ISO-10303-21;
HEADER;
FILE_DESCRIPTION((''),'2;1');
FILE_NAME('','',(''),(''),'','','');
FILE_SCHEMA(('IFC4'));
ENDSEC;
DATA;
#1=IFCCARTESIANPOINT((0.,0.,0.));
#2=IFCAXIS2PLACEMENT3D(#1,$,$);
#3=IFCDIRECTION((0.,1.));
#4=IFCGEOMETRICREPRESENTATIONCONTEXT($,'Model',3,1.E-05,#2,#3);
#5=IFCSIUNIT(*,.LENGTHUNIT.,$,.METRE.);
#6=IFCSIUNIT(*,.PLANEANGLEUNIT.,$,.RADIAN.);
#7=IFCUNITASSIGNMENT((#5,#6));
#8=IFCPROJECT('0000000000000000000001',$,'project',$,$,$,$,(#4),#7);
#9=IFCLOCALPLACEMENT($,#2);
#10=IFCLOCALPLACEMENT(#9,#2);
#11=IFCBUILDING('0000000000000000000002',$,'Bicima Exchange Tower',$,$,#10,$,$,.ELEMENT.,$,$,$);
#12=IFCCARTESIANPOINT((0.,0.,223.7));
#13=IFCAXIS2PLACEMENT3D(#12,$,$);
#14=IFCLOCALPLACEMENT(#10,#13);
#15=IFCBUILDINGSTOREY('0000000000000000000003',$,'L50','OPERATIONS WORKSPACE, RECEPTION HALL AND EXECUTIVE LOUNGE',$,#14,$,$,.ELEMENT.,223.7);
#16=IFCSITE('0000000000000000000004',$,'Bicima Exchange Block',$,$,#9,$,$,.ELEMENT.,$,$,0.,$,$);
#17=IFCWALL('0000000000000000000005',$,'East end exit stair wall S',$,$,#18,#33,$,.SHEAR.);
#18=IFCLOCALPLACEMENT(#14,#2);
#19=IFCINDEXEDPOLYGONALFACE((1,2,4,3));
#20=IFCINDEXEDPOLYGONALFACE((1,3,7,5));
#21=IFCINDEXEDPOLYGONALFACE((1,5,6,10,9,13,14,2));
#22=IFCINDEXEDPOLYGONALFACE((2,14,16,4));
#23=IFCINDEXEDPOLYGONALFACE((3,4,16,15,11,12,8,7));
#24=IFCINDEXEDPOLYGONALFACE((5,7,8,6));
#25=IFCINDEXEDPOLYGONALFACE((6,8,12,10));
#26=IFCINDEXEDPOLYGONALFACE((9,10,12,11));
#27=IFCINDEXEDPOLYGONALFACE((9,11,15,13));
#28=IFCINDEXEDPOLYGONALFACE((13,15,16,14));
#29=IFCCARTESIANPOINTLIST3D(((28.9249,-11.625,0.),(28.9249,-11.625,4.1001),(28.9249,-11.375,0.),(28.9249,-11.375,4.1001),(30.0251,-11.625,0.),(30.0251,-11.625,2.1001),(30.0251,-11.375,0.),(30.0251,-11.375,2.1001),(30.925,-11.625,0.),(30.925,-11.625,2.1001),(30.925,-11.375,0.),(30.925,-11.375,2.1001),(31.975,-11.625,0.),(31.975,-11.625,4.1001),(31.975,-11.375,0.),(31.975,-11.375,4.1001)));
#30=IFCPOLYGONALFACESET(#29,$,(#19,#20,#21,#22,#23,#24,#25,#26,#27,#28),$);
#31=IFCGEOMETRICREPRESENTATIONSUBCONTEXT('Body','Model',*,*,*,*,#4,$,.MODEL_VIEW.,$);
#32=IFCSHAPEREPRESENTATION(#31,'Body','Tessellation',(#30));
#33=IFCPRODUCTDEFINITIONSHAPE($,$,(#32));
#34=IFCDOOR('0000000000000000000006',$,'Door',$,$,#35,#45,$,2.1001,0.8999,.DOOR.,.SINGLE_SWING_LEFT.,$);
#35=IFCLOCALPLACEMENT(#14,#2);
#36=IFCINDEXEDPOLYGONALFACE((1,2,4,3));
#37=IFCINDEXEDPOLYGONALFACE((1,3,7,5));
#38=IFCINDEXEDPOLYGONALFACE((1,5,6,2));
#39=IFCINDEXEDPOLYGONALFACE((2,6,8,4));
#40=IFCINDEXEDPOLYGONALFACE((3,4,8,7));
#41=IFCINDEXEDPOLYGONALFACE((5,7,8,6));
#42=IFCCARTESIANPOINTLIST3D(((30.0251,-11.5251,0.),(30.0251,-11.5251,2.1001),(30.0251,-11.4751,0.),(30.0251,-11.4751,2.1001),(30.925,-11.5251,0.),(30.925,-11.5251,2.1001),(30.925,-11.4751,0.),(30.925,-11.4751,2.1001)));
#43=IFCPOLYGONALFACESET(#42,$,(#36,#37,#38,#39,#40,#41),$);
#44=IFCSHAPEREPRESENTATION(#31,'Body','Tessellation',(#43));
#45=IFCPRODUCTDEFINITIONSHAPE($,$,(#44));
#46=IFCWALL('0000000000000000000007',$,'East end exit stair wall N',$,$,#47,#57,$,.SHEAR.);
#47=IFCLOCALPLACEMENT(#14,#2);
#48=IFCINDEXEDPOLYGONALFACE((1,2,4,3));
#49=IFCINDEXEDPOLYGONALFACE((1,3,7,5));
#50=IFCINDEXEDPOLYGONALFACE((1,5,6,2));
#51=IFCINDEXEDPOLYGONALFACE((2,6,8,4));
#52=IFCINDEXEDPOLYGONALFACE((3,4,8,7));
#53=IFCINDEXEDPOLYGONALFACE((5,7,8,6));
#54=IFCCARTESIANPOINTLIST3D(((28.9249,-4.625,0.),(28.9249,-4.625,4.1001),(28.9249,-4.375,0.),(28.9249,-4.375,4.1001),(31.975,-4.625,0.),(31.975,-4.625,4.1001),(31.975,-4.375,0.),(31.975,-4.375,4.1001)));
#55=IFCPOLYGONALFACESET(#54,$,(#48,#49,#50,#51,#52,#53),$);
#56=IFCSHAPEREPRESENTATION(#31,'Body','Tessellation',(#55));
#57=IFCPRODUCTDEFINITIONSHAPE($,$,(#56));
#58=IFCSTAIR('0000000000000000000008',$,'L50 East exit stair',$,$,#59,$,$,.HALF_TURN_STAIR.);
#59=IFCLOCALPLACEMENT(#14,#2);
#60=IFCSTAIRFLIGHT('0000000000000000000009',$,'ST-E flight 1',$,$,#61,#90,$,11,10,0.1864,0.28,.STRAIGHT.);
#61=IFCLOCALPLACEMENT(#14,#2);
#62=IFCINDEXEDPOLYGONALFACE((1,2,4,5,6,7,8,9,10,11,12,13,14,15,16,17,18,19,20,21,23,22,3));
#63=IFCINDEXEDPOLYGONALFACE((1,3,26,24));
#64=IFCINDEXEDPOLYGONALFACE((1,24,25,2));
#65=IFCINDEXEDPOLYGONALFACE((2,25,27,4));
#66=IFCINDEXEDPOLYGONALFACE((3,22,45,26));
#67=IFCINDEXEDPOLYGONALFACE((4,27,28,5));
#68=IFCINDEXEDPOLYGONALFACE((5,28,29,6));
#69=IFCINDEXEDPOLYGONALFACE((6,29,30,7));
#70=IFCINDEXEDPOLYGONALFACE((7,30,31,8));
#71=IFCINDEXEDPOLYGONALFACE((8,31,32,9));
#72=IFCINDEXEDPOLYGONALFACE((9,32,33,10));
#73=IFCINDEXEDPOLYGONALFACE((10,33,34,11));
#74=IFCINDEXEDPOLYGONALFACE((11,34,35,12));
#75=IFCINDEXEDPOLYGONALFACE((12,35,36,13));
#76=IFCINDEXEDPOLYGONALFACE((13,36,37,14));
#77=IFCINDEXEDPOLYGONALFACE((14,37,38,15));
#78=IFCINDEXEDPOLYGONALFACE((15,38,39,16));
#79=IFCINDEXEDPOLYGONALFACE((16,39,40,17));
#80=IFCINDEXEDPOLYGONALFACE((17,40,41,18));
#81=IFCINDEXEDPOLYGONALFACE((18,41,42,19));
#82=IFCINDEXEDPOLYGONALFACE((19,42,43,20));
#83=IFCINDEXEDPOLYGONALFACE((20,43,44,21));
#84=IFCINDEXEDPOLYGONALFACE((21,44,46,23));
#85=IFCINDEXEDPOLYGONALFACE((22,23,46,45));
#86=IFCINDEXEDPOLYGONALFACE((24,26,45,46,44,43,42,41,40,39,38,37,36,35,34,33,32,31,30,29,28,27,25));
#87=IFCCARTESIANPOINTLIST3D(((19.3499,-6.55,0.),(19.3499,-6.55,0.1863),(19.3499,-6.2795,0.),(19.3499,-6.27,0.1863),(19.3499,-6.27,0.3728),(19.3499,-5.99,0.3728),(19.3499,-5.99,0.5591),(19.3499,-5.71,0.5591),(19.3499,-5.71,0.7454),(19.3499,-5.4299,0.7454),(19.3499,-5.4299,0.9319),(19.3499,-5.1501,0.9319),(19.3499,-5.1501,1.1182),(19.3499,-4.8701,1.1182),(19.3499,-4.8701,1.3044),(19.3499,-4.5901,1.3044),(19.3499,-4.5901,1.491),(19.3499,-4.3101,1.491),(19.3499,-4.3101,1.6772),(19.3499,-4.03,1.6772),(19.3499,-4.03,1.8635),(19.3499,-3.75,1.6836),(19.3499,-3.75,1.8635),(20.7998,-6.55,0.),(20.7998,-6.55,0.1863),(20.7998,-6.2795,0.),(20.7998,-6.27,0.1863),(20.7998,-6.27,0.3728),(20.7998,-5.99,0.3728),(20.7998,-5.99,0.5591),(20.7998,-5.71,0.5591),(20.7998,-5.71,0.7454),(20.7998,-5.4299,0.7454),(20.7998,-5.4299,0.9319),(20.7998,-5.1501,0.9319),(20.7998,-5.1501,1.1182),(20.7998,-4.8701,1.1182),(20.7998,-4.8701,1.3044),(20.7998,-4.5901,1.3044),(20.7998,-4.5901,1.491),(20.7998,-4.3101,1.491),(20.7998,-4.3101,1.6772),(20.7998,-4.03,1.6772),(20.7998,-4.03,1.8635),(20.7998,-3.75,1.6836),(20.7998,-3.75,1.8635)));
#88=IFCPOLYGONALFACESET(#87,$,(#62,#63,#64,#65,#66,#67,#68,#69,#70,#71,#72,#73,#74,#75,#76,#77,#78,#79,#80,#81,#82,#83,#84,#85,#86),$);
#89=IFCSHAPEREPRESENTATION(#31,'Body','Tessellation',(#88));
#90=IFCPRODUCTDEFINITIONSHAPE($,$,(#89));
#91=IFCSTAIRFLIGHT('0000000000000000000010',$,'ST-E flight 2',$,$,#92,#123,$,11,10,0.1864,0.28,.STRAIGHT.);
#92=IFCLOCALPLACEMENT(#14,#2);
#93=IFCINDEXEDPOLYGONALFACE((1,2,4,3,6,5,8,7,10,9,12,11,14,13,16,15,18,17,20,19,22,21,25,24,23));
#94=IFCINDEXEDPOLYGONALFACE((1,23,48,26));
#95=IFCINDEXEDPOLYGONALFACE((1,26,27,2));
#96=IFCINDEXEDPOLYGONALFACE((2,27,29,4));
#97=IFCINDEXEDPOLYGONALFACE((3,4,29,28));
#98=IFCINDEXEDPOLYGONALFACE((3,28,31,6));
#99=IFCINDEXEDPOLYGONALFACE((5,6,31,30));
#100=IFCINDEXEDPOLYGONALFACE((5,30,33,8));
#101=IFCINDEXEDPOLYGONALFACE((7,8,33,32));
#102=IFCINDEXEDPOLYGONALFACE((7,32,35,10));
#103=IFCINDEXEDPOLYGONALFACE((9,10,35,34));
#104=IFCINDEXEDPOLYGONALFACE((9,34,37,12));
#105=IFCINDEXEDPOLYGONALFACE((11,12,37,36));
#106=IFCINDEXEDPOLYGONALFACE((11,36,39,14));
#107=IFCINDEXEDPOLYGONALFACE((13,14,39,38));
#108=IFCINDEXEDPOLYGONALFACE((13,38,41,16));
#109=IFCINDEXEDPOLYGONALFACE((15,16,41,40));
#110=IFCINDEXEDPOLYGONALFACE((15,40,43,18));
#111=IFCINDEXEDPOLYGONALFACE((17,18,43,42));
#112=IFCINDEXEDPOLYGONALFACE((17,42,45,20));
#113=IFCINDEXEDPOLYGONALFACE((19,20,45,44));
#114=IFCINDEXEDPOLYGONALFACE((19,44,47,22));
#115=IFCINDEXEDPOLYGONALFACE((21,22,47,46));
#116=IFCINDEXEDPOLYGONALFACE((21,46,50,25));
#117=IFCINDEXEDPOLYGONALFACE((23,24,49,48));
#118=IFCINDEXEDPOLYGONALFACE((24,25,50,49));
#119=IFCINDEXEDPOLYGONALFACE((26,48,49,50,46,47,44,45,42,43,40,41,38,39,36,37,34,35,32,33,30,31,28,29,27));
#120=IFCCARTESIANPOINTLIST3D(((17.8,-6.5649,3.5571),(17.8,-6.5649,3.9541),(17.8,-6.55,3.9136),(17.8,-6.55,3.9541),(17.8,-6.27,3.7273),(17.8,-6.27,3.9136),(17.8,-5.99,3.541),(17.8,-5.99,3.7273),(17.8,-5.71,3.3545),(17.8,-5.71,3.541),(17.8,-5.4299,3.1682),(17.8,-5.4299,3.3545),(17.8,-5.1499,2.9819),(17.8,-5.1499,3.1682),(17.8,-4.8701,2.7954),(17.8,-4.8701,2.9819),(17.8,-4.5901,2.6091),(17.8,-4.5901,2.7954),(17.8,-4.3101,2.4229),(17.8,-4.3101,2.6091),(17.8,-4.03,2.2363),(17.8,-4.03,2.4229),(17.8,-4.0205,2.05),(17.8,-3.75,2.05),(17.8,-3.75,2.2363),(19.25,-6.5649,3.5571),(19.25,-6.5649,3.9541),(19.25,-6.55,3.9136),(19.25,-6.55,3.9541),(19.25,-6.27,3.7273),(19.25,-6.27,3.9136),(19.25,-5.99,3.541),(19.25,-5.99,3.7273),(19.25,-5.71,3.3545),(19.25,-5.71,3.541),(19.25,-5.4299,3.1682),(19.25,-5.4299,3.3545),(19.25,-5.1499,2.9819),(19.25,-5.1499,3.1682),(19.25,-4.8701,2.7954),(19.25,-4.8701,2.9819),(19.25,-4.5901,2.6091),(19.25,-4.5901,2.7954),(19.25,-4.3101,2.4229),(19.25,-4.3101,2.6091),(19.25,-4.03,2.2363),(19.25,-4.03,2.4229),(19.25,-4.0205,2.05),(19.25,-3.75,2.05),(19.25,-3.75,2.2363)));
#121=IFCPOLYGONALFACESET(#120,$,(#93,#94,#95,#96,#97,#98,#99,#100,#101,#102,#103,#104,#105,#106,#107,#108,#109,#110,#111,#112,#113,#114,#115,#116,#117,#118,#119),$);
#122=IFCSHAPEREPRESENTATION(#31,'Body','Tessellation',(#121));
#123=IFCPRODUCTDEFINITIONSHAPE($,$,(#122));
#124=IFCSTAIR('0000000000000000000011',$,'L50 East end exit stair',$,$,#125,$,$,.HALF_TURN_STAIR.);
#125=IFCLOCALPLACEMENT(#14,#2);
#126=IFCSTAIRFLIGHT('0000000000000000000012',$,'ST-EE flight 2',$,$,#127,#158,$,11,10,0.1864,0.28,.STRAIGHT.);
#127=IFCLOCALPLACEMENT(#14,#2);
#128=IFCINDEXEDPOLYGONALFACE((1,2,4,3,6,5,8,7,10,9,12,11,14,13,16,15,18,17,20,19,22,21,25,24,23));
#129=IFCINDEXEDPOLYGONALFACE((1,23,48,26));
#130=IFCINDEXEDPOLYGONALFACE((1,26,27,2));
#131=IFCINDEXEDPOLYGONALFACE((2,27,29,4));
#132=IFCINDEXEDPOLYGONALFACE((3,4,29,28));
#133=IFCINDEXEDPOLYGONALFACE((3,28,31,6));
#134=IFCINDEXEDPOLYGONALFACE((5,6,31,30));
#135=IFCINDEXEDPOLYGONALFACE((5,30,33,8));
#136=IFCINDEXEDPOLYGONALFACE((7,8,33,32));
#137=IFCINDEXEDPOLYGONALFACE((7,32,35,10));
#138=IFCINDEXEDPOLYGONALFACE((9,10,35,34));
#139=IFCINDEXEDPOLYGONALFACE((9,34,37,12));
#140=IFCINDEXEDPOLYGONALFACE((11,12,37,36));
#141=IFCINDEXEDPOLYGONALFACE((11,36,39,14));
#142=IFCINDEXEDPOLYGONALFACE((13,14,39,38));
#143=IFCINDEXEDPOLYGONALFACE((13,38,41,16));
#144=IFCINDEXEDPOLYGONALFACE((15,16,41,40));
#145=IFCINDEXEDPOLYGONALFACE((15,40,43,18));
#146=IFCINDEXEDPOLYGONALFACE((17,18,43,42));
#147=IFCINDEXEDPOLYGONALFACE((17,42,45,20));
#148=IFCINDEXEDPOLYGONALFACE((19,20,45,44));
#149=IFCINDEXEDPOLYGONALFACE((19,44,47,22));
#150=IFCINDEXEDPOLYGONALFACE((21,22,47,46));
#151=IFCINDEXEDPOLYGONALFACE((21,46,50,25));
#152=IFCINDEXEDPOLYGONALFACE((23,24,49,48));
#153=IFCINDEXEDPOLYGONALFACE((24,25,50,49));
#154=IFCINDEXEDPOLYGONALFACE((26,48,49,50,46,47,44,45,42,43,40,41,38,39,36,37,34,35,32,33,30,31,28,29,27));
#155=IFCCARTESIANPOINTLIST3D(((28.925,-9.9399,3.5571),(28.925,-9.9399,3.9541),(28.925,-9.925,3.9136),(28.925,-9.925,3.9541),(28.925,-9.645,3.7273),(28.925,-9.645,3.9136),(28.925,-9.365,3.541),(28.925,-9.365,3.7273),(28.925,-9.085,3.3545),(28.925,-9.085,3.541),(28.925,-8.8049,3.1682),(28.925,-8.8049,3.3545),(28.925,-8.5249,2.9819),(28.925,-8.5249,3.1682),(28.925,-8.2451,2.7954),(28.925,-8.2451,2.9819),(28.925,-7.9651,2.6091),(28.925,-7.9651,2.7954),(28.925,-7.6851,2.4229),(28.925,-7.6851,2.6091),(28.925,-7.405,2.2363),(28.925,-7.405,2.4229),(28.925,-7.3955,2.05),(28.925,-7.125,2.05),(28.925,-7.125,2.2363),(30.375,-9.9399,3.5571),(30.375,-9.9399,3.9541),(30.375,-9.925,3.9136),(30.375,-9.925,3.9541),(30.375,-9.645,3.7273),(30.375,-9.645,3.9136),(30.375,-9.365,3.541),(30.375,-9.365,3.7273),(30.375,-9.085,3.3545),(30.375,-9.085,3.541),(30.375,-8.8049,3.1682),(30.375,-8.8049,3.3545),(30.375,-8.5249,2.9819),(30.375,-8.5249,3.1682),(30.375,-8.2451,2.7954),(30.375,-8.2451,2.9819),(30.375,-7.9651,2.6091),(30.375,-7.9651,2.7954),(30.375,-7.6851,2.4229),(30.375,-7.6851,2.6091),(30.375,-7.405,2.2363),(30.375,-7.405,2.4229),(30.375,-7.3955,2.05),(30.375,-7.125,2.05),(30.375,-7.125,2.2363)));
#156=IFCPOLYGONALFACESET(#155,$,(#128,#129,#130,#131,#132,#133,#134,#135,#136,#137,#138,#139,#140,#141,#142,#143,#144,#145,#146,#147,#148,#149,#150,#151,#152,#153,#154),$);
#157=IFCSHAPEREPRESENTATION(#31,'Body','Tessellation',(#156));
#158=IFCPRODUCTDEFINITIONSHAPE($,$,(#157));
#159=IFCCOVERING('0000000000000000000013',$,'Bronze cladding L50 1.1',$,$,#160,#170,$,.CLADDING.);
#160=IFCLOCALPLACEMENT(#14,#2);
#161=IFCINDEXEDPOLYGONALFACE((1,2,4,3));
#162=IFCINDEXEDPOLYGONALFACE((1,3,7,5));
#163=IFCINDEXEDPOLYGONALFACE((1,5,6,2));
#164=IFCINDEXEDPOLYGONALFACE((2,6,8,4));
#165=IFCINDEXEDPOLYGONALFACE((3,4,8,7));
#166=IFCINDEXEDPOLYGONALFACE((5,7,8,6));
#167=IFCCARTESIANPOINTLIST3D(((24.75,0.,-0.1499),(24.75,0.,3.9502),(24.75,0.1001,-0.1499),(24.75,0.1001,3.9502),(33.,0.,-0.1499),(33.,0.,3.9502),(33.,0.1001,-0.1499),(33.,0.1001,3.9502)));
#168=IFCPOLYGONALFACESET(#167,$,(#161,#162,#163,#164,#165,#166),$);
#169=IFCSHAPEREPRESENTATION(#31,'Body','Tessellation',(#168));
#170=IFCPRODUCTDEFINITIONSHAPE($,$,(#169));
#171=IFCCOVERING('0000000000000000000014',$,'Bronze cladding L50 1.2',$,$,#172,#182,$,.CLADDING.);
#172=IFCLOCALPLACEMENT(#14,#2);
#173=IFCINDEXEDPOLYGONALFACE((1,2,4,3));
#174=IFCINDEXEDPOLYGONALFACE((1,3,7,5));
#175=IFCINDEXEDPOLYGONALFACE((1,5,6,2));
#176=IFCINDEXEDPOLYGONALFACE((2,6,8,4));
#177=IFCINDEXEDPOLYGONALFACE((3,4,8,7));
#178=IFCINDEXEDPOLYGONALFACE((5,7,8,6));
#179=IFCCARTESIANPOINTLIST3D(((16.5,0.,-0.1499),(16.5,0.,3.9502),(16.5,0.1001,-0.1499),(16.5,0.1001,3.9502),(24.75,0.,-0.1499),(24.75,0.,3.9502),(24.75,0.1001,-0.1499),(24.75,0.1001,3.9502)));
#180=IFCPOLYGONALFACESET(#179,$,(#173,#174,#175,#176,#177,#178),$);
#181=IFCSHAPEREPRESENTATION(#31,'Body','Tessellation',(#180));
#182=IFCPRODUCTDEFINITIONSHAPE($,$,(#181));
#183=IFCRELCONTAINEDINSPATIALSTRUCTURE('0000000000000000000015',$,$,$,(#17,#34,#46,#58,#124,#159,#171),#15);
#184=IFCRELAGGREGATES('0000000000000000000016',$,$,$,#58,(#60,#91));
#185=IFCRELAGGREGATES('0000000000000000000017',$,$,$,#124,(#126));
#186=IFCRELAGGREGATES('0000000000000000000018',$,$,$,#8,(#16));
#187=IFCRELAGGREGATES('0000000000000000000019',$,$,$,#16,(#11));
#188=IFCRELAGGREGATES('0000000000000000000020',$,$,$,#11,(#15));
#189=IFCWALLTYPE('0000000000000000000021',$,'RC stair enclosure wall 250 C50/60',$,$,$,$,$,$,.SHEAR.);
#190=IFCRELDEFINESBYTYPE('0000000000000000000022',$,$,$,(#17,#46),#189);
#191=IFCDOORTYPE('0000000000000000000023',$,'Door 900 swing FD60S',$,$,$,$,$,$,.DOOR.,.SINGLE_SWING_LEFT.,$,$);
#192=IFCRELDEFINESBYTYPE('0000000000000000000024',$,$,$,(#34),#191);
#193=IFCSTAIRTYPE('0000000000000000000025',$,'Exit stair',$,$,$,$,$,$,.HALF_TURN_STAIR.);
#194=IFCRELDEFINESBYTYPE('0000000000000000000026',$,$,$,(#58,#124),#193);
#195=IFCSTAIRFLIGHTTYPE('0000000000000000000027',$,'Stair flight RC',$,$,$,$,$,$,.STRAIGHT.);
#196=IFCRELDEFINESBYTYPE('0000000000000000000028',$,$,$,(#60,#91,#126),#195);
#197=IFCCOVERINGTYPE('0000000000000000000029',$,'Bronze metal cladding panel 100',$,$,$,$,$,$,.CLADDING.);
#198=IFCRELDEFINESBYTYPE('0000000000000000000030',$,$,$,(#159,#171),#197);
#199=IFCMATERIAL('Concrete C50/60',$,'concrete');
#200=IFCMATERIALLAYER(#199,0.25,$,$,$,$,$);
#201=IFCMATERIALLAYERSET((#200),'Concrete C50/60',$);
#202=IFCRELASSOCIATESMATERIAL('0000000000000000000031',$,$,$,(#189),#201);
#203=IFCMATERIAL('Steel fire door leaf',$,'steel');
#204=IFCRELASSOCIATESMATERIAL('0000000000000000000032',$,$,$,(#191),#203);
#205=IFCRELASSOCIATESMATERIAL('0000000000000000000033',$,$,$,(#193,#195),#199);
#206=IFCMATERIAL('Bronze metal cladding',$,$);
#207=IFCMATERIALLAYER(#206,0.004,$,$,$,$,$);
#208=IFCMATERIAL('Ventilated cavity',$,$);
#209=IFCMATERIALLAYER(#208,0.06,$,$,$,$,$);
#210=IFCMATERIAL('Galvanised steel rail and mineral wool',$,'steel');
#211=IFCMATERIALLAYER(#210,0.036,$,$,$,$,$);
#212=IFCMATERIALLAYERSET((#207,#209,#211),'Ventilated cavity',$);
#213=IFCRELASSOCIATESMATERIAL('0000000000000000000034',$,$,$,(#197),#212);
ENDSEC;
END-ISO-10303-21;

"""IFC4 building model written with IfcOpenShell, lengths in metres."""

from ifc_helpers import new_model, si_unit, direction, frame, frame_2d, origin, origin_2d, place, context, subcontext, project, spatial, polyline, rectangle, outline, extrude, material, layer, layer_set, type_object, element, fill, aggregate, save


model = new_model("IFC4")

# Units and contexts
model_context = context("Model", 3, precision=1e-05, world=origin(), true_north=direction((0.0, 1.0)))
body_context = subcontext(model_context, "Body", "Model", "MODEL_VIEW")
ifc_project = project(units=[si_unit("LENGTHUNIT", "METRE"), si_unit("PLANEANGLEUNIT", "RADIAN")], contexts=[model_context])

# Site, building, storey
site_placement = place(None, origin())
site = spatial("IfcSite", under=ifc_project, at=site_placement, Name="Bicima Exchange Block", CompositionType="ELEMENT", RefElevation=0.0)
building_placement = place(site_placement, origin())
building = spatial("IfcBuilding", under=site, at=building_placement, Name="Bicima Exchange Tower", CompositionType="ELEMENT")
storey_placement = place(building_placement, frame((0.0, 0.0, 223.7)))
storey = spatial("IfcBuildingStorey", under=building, at=storey_placement, Name="L50", Description="OPERATIONS WORKSPACE, RECEPTION HALL AND EXECUTIVE LOUNGE", CompositionType="ELEMENT", Elevation=223.7)

# Shared definitions
ifc_material_1 = material(Name="Concrete C50/60", Category="concrete")
ifc_layer_1 = layer(ifc_material_1, 0.25)
ifc_layer_set_1 = layer_set([ifc_layer_1], Name="Concrete C50/60")
wall_type_1 = type_object("IfcWallType", Name="RC stair enclosure wall 250 C50/60", PredefinedType="SHEAR", material=ifc_layer_set_1)

# Wall, opening, door
wall_1_placement = place(storey_placement, frame((28.925, -11.5, 0.0), z_axis=(0.0, 0.0, 1.0), x_axis=(1.0, 0.0, 0.0)))
wall_1 = element("IfcWall", 1, at=wall_1_placement, inside=storey, type_object=wall_type_1, Name="East end exit stair wall S", PredefinedType="SHEAR", context=body_context, shape_type="SweptSolid", body=[
    extrude(rectangle(XDim=3.05, YDim=0.25, at=frame_2d((1.5249, 0.0))), origin(), (0.0, 0.0, 1.0), 4.1001),
])
opening_placement = place(wall_1_placement, frame((1.1001, 0.0, 0.0)))
opening = element("IfcOpeningElement", 2, at=opening_placement, cuts=wall_1, PredefinedType="OPENING", context=body_context, shape_type="SweptSolid", body=[
    extrude(rectangle(XDim=0.8999, YDim=2.1001, at=frame_2d((0.45, 1.05))), frame((0.0, 0.137, 0.0), z_axis=(0.0, -1.0, 0.0), x_axis=(1.0, 0.0, 0.0)), (0.0, 0.0, 1.0), 0.2739),
])
ifc_material_2 = material(Name="Steel fire door leaf", Category="steel")
door_type = type_object("IfcDoorType", Name="Door 900 swing FD60S", OperationType="SINGLE_SWING_LEFT", PredefinedType="DOOR", material=ifc_material_2)
door_placement = place(opening_placement, origin())
door = element("IfcDoor", 3, at=door_placement, inside=storey, type_object=door_type, Name="Door", OperationType="SINGLE_SWING_LEFT", OverallHeight=2.1001, OverallWidth=0.8999, PredefinedType="DOOR", context=body_context, shape_type="SweptSolid", body=[
    extrude(rectangle(XDim=0.8999, YDim=2.1001, at=frame_2d((0.45, 1.05))), frame((0.0, 0.0249, 0.0), z_axis=(0.0, -1.0, 0.0), x_axis=(1.0, 0.0, 0.0)), (0.0, 0.0, 1.0), 0.05),
])
fill(opening, door)

# Wall
wall_2_placement = place(storey_placement, frame((28.925, -4.5, 0.0), z_axis=(0.0, 0.0, 1.0), x_axis=(1.0, 0.0, 0.0)))
element("IfcWall", 4, at=wall_2_placement, inside=storey, type_object=wall_type_1, Name="East end exit stair wall N", PredefinedType="SHEAR", context=body_context, shape_type="SweptSolid", body=[
    extrude(rectangle(XDim=3.05, YDim=0.25, at=frame_2d((1.5249, 0.0))), origin(), (0.0, 0.0, 1.0), 4.1001),
])

# Stair, stair flights
stair_type = type_object("IfcStairType", Name="Exit stair", PredefinedType="HALF_TURN_STAIR", material=ifc_material_1)
stair_1_placement = place(storey_placement, origin())
stair_1 = element("IfcStair", 5, at=stair_1_placement, inside=storey, type_object=stair_type, Name="L50 East exit stair", PredefinedType="HALF_TURN_STAIR")
stair_flight_type = type_object("IfcStairFlightType", Name="Stair flight RC", PredefinedType="STRAIGHT", material=ifc_material_1)
stair_flight_1_placement = place(storey_placement, frame((20.075, -6.55, 0.0), z_axis=(0.0, 0.0, 1.0), x_axis=(0.0, 1.0, 0.0)))
stair_flight_1 = element("IfcStairFlight", 6, at=stair_flight_1_placement, type_object=stair_flight_type, Name="ST-E flight 1", NumberOfRisers=11, NumberOfTreads=10, PredefinedType="STRAIGHT", RiserHeight=0.1864, TreadLength=0.28, context=body_context, shape_type="SweptSolid", body=[
    extrude(outline(polyline([(0.0, 0.0), (0.0, 0.1863), (0.28, 0.1863), (0.28, 0.3728), (0.5601, 0.3728), (0.5601, 0.5591), (0.8401, 0.5591), (0.8401, 0.7454), (1.1201, 0.7454), (1.1201, 0.9319), (1.3999, 0.9319), (1.3999, 1.1182), (1.6799, 1.1182), (1.6799, 1.3044), (1.96, 1.3044), (1.96, 1.491), (2.24, 1.491), (2.24, 1.6772), (2.52, 1.6772), (2.52, 1.8635), (2.8, 1.8635), (2.8, 2.05), (2.8, 1.6836), (0.2705, 0.0), (0.0, 0.0)])), frame((0.0, 0.7251, 0.0), z_axis=(0.0, -1.0, 0.0), x_axis=(1.0, 0.0, 0.0)), (0.0, 0.0, 1.0), 1.45),
])
stair_flight_2_placement = place(storey_placement, frame((18.5249, -3.75, 2.05), z_axis=(0.0, 0.0, 1.0), x_axis=(0.0, -1.0, 0.0)))
stair_flight_2 = element("IfcStairFlight", 7, at=stair_flight_2_placement, type_object=stair_flight_type, Name="ST-E flight 2", NumberOfRisers=11, NumberOfTreads=10, PredefinedType="STRAIGHT", RiserHeight=0.1864, TreadLength=0.28, context=body_context, shape_type="SweptSolid", body=[
    extrude(outline(polyline([(0.0, 0.0), (0.0, 0.1863), (0.28, 0.1863), (0.28, 0.3728), (0.5601, 0.3728), (0.5601, 0.5591), (0.8401, 0.5591), (0.8401, 0.7454), (1.1201, 0.7454), (1.1201, 0.9319), (1.3999, 0.9319), (1.3999, 1.1182), (1.6799, 1.1182), (1.6799, 1.3044), (1.96, 1.3044), (1.96, 1.491), (2.24, 1.491), (2.24, 1.6772), (2.52, 1.6772), (2.52, 1.8635), (2.8, 1.8635), (2.8, 1.9041), (2.8149, 1.9041), (2.8149, 1.5071), (0.2705, 0.0), (0.0, 0.0)])), frame((0.0, 0.7251, 0.0), z_axis=(0.0, -1.0, 0.0), x_axis=(1.0, 0.0, 0.0)), (0.0, 0.0, 1.0), 1.45),
])
aggregate(stair_1, [stair_flight_1, stair_flight_2])

# Stair, stair flight
stair_2_placement = place(storey_placement, origin())
stair_2 = element("IfcStair", 8, at=stair_2_placement, inside=storey, type_object=stair_type, Name="L50 East end exit stair", PredefinedType="HALF_TURN_STAIR")
stair_flight_3_placement = place(storey_placement, frame((29.6499, -7.125, 2.05), z_axis=(0.0, 0.0, 1.0), x_axis=(0.0, -1.0, 0.0)))
stair_flight_3 = element("IfcStairFlight", 9, at=stair_flight_3_placement, type_object=stair_flight_type, Name="ST-EE flight 2", NumberOfRisers=11, NumberOfTreads=10, PredefinedType="STRAIGHT", RiserHeight=0.1864, TreadLength=0.28, context=body_context, shape_type="SweptSolid", body=[
    extrude(outline(polyline([(0.0, 0.0), (0.0, 0.1863), (0.28, 0.1863), (0.28, 0.3728), (0.5601, 0.3728), (0.5601, 0.5591), (0.8401, 0.5591), (0.8401, 0.7454), (1.1201, 0.7454), (1.1201, 0.9319), (1.3999, 0.9319), (1.3999, 1.1182), (1.6799, 1.1182), (1.6799, 1.3044), (1.96, 1.3044), (1.96, 1.491), (2.24, 1.491), (2.24, 1.6772), (2.52, 1.6772), (2.52, 1.8635), (2.8, 1.8635), (2.8, 1.9041), (2.8149, 1.9041), (2.8149, 1.5071), (0.2705, 0.0), (0.0, 0.0)])), frame((0.0, 0.7251, 0.0), z_axis=(0.0, -1.0, 0.0), x_axis=(1.0, 0.0, 0.0)), (0.0, 0.0, 1.0), 1.45),
])
aggregate(stair_2, [stair_flight_3])

# Coverings
ifc_material_3 = material(Name="Bronze metal cladding")
ifc_layer_2 = layer(ifc_material_3, 0.004)
ifc_material_4 = material(Name="Ventilated cavity")
ifc_layer_3 = layer(ifc_material_4, 0.06)
ifc_material_5 = material(Name="Galvanised steel rail and mineral wool", Category="steel")
ifc_layer_4 = layer(ifc_material_5, 0.036)
ifc_layer_set_2 = layer_set([ifc_layer_2, ifc_layer_3, ifc_layer_4], Name="Ventilated cavity")
covering_type = type_object("IfcCoveringType", Name="Bronze metal cladding panel 100", PredefinedType="CLADDING", material=ifc_layer_set_2)
for number, where, z_axis, x_axis, name in (
    (10, (28.875, 0.05, -0.1499), (0.0, 0.0, 1.0), (-1.0, 0.0, 0.0), "Bronze cladding L50 1.1"),
    (11, (20.625, 0.05, -0.1499), (0.0, 0.0, 1.0), (-1.0, 0.0, 0.0), "Bronze cladding L50 1.2"),
):
    element("IfcCovering", number, at=place(storey_placement, frame(where, z_axis=z_axis, x_axis=x_axis)), inside=storey, type_object=covering_type, Name=name, PredefinedType="CLADDING", context=body_context, shape_type="SweptSolid", body=[
        extrude(rectangle(XDim=8.25, YDim=0.1001, at=origin_2d()), origin(), (0.0, 0.0, 1.0), 4.1001),
    ])

save(model, "model.ifc")
